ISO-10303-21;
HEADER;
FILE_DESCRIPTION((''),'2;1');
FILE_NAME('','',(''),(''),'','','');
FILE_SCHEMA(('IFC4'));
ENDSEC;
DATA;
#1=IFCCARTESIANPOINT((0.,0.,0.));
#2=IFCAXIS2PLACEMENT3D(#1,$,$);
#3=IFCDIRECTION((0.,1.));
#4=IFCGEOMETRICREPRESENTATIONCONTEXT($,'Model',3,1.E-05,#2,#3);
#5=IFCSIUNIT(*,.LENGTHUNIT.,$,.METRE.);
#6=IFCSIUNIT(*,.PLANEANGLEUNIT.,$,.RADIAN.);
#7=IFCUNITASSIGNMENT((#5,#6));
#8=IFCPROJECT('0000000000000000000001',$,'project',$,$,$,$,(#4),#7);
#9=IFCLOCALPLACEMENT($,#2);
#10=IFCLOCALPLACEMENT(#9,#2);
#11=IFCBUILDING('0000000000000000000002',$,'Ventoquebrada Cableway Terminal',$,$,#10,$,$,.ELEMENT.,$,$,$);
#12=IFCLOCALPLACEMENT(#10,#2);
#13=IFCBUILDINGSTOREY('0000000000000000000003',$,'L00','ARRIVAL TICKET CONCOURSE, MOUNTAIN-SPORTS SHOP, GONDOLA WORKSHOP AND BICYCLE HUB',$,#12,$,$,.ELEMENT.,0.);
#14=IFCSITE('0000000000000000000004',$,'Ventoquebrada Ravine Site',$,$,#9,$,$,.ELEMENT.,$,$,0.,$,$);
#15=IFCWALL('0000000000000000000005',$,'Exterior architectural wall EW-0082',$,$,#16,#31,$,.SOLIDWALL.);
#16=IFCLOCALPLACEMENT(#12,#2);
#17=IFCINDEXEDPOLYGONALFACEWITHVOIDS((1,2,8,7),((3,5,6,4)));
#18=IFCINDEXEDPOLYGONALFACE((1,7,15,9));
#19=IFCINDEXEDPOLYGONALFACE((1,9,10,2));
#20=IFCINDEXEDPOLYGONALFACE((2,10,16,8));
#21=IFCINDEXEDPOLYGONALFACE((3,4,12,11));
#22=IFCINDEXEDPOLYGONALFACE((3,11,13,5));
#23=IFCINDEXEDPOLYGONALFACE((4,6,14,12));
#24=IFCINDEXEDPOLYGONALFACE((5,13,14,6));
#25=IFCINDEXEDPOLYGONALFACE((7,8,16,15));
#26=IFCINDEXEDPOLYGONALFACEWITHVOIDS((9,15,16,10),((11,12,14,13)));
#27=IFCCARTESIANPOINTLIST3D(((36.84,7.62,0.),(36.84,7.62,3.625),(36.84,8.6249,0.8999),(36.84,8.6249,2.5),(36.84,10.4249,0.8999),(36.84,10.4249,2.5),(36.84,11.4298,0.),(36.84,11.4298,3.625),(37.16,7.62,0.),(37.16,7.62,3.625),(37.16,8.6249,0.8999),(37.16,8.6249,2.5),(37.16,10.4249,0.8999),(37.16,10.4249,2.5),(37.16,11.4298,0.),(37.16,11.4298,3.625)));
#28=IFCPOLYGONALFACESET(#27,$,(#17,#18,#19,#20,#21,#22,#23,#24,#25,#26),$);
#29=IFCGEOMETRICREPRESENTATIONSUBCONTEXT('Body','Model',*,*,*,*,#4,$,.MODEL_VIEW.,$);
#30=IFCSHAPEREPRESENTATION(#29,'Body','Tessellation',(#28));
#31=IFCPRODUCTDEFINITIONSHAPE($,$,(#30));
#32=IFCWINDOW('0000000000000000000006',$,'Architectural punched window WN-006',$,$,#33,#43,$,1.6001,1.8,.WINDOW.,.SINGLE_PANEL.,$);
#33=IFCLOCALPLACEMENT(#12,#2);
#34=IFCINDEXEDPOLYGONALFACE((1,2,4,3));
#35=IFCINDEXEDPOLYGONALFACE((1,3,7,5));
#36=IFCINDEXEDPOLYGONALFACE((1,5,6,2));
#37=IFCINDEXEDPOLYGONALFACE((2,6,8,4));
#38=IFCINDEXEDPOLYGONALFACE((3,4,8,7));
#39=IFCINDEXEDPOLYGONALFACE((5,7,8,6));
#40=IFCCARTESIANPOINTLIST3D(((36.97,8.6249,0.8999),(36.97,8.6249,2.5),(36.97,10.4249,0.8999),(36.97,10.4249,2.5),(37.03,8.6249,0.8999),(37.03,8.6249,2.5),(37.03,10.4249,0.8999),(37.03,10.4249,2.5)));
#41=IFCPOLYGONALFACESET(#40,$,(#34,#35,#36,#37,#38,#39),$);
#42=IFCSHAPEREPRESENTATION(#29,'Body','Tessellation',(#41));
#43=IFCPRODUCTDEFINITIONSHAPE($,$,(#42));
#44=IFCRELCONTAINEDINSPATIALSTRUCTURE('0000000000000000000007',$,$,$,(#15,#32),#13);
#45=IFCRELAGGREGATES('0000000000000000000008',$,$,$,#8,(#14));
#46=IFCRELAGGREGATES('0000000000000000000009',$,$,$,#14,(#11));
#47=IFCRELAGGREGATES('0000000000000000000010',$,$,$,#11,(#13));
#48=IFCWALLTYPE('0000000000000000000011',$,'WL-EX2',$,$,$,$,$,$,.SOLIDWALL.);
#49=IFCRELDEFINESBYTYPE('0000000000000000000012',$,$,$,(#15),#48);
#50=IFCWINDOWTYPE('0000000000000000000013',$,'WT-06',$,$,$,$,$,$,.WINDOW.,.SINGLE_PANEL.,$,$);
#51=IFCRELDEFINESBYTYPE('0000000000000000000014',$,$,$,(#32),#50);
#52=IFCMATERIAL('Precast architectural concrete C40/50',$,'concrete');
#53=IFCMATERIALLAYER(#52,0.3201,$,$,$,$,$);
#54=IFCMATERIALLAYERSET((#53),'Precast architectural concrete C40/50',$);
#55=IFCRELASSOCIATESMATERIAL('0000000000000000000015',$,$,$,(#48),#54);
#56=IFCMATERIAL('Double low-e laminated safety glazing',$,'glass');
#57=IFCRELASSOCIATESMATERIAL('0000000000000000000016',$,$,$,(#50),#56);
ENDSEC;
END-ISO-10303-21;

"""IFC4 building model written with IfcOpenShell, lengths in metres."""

from ifc_helpers import new_model, si_unit, direction, frame, frame_2d, origin, place, context, subcontext, project, spatial, rectangle, extrude, material, layer, layer_set, type_object, element, fill, save


model = new_model("IFC4")

# Units and contexts
model_context = context("Model", 3, precision=1e-05, world=origin(), true_north=direction((0.0, 1.0)))
body_context = subcontext(model_context, "Body", "Model", "MODEL_VIEW")
ifc_project = project(units=[si_unit("LENGTHUNIT", "METRE"), si_unit("PLANEANGLEUNIT", "RADIAN")], contexts=[model_context])

# Site, building, storey
site_placement = place(None, origin())
site = spatial("IfcSite", under=ifc_project, at=site_placement, Name="Ventoquebrada Ravine Site", CompositionType="ELEMENT", RefElevation=0.0)
building_placement = place(site_placement, origin())
building = spatial("IfcBuilding", under=site, at=building_placement, Name="Ventoquebrada Cableway Terminal", CompositionType="ELEMENT")
storey_placement = place(building_placement, origin())
storey = spatial("IfcBuildingStorey", under=building, at=storey_placement, Name="L00", Description="ARRIVAL TICKET CONCOURSE, MOUNTAIN-SPORTS SHOP, GONDOLA WORKSHOP AND BICYCLE HUB", CompositionType="ELEMENT", Elevation=0.0)

# Shared definitions
ifc_material_1 = material(Name="Precast architectural concrete C40/50", Category="concrete")
ifc_material_2 = material(Name="Double low-e laminated safety glazing", Category="glass")

# Wall, opening, window
ifc_layer_1 = layer(ifc_material_1, 0.3201)
ifc_layer_set_1 = layer_set([ifc_layer_1], Name="Precast architectural concrete C40/50")
wall_type_1 = type_object("IfcWallType", Name="WL-EX2", PredefinedType="SOLIDWALL", material=ifc_layer_set_1)
wall_1_placement = place(storey_placement, frame((37.0, 7.6201, 0.0), z_axis=(0.0, 0.0, 1.0), x_axis=(0.0, 1.0, 0.0)))
wall_1 = element("IfcWall", 1, at=wall_1_placement, inside=storey, type_object=wall_type_1, Name="Exterior architectural wall EW-0082", PredefinedType="SOLIDWALL", context=body_context, shape_type="SweptSolid", body=[
    extrude(rectangle(XDim=3.8098, YDim=0.3201, at=frame_2d((1.9048, 0.0))), origin(), (0.0, 0.0, 1.0), 3.625),
])
opening_1_placement = place(wall_1_placement, frame((1.0049, 0.0, 0.8999)))
opening_1 = element("IfcOpeningElement", 2, at=opening_1_placement, cuts=wall_1, PredefinedType="OPENING", context=body_context, shape_type="SweptSolid", body=[
    extrude(rectangle(XDim=1.8, YDim=1.6001, at=frame_2d((0.8999, 0.8))), frame((0.0, 0.1699, 0.0), z_axis=(0.0, -1.0, 0.0), x_axis=(1.0, 0.0, 0.0)), (0.0, 0.0, 1.0), 0.3401),
])
window_type_1 = type_object("IfcWindowType", Name="WT-06", PartitioningType="SINGLE_PANEL", PredefinedType="WINDOW", material=ifc_material_2)
window_1_placement = place(opening_1_placement, origin())
window_1 = element("IfcWindow", 3, at=window_1_placement, inside=storey, type_object=window_type_1, Name="Architectural punched window WN-006", OverallHeight=1.6001, OverallWidth=1.8, PartitioningType="SINGLE_PANEL", PredefinedType="WINDOW", context=body_context, shape_type="SweptSolid", body=[
    extrude(rectangle(XDim=1.8, YDim=1.6001, at=frame_2d((0.8999, 0.8))), frame((0.0, 0.03, 0.0), z_axis=(0.0, -1.0, 0.0), x_axis=(1.0, 0.0, 0.0)), (0.0, 0.0, 1.0), 0.0601),
])
fill(opening_1, window_1)

save(model, "model.ifc")
